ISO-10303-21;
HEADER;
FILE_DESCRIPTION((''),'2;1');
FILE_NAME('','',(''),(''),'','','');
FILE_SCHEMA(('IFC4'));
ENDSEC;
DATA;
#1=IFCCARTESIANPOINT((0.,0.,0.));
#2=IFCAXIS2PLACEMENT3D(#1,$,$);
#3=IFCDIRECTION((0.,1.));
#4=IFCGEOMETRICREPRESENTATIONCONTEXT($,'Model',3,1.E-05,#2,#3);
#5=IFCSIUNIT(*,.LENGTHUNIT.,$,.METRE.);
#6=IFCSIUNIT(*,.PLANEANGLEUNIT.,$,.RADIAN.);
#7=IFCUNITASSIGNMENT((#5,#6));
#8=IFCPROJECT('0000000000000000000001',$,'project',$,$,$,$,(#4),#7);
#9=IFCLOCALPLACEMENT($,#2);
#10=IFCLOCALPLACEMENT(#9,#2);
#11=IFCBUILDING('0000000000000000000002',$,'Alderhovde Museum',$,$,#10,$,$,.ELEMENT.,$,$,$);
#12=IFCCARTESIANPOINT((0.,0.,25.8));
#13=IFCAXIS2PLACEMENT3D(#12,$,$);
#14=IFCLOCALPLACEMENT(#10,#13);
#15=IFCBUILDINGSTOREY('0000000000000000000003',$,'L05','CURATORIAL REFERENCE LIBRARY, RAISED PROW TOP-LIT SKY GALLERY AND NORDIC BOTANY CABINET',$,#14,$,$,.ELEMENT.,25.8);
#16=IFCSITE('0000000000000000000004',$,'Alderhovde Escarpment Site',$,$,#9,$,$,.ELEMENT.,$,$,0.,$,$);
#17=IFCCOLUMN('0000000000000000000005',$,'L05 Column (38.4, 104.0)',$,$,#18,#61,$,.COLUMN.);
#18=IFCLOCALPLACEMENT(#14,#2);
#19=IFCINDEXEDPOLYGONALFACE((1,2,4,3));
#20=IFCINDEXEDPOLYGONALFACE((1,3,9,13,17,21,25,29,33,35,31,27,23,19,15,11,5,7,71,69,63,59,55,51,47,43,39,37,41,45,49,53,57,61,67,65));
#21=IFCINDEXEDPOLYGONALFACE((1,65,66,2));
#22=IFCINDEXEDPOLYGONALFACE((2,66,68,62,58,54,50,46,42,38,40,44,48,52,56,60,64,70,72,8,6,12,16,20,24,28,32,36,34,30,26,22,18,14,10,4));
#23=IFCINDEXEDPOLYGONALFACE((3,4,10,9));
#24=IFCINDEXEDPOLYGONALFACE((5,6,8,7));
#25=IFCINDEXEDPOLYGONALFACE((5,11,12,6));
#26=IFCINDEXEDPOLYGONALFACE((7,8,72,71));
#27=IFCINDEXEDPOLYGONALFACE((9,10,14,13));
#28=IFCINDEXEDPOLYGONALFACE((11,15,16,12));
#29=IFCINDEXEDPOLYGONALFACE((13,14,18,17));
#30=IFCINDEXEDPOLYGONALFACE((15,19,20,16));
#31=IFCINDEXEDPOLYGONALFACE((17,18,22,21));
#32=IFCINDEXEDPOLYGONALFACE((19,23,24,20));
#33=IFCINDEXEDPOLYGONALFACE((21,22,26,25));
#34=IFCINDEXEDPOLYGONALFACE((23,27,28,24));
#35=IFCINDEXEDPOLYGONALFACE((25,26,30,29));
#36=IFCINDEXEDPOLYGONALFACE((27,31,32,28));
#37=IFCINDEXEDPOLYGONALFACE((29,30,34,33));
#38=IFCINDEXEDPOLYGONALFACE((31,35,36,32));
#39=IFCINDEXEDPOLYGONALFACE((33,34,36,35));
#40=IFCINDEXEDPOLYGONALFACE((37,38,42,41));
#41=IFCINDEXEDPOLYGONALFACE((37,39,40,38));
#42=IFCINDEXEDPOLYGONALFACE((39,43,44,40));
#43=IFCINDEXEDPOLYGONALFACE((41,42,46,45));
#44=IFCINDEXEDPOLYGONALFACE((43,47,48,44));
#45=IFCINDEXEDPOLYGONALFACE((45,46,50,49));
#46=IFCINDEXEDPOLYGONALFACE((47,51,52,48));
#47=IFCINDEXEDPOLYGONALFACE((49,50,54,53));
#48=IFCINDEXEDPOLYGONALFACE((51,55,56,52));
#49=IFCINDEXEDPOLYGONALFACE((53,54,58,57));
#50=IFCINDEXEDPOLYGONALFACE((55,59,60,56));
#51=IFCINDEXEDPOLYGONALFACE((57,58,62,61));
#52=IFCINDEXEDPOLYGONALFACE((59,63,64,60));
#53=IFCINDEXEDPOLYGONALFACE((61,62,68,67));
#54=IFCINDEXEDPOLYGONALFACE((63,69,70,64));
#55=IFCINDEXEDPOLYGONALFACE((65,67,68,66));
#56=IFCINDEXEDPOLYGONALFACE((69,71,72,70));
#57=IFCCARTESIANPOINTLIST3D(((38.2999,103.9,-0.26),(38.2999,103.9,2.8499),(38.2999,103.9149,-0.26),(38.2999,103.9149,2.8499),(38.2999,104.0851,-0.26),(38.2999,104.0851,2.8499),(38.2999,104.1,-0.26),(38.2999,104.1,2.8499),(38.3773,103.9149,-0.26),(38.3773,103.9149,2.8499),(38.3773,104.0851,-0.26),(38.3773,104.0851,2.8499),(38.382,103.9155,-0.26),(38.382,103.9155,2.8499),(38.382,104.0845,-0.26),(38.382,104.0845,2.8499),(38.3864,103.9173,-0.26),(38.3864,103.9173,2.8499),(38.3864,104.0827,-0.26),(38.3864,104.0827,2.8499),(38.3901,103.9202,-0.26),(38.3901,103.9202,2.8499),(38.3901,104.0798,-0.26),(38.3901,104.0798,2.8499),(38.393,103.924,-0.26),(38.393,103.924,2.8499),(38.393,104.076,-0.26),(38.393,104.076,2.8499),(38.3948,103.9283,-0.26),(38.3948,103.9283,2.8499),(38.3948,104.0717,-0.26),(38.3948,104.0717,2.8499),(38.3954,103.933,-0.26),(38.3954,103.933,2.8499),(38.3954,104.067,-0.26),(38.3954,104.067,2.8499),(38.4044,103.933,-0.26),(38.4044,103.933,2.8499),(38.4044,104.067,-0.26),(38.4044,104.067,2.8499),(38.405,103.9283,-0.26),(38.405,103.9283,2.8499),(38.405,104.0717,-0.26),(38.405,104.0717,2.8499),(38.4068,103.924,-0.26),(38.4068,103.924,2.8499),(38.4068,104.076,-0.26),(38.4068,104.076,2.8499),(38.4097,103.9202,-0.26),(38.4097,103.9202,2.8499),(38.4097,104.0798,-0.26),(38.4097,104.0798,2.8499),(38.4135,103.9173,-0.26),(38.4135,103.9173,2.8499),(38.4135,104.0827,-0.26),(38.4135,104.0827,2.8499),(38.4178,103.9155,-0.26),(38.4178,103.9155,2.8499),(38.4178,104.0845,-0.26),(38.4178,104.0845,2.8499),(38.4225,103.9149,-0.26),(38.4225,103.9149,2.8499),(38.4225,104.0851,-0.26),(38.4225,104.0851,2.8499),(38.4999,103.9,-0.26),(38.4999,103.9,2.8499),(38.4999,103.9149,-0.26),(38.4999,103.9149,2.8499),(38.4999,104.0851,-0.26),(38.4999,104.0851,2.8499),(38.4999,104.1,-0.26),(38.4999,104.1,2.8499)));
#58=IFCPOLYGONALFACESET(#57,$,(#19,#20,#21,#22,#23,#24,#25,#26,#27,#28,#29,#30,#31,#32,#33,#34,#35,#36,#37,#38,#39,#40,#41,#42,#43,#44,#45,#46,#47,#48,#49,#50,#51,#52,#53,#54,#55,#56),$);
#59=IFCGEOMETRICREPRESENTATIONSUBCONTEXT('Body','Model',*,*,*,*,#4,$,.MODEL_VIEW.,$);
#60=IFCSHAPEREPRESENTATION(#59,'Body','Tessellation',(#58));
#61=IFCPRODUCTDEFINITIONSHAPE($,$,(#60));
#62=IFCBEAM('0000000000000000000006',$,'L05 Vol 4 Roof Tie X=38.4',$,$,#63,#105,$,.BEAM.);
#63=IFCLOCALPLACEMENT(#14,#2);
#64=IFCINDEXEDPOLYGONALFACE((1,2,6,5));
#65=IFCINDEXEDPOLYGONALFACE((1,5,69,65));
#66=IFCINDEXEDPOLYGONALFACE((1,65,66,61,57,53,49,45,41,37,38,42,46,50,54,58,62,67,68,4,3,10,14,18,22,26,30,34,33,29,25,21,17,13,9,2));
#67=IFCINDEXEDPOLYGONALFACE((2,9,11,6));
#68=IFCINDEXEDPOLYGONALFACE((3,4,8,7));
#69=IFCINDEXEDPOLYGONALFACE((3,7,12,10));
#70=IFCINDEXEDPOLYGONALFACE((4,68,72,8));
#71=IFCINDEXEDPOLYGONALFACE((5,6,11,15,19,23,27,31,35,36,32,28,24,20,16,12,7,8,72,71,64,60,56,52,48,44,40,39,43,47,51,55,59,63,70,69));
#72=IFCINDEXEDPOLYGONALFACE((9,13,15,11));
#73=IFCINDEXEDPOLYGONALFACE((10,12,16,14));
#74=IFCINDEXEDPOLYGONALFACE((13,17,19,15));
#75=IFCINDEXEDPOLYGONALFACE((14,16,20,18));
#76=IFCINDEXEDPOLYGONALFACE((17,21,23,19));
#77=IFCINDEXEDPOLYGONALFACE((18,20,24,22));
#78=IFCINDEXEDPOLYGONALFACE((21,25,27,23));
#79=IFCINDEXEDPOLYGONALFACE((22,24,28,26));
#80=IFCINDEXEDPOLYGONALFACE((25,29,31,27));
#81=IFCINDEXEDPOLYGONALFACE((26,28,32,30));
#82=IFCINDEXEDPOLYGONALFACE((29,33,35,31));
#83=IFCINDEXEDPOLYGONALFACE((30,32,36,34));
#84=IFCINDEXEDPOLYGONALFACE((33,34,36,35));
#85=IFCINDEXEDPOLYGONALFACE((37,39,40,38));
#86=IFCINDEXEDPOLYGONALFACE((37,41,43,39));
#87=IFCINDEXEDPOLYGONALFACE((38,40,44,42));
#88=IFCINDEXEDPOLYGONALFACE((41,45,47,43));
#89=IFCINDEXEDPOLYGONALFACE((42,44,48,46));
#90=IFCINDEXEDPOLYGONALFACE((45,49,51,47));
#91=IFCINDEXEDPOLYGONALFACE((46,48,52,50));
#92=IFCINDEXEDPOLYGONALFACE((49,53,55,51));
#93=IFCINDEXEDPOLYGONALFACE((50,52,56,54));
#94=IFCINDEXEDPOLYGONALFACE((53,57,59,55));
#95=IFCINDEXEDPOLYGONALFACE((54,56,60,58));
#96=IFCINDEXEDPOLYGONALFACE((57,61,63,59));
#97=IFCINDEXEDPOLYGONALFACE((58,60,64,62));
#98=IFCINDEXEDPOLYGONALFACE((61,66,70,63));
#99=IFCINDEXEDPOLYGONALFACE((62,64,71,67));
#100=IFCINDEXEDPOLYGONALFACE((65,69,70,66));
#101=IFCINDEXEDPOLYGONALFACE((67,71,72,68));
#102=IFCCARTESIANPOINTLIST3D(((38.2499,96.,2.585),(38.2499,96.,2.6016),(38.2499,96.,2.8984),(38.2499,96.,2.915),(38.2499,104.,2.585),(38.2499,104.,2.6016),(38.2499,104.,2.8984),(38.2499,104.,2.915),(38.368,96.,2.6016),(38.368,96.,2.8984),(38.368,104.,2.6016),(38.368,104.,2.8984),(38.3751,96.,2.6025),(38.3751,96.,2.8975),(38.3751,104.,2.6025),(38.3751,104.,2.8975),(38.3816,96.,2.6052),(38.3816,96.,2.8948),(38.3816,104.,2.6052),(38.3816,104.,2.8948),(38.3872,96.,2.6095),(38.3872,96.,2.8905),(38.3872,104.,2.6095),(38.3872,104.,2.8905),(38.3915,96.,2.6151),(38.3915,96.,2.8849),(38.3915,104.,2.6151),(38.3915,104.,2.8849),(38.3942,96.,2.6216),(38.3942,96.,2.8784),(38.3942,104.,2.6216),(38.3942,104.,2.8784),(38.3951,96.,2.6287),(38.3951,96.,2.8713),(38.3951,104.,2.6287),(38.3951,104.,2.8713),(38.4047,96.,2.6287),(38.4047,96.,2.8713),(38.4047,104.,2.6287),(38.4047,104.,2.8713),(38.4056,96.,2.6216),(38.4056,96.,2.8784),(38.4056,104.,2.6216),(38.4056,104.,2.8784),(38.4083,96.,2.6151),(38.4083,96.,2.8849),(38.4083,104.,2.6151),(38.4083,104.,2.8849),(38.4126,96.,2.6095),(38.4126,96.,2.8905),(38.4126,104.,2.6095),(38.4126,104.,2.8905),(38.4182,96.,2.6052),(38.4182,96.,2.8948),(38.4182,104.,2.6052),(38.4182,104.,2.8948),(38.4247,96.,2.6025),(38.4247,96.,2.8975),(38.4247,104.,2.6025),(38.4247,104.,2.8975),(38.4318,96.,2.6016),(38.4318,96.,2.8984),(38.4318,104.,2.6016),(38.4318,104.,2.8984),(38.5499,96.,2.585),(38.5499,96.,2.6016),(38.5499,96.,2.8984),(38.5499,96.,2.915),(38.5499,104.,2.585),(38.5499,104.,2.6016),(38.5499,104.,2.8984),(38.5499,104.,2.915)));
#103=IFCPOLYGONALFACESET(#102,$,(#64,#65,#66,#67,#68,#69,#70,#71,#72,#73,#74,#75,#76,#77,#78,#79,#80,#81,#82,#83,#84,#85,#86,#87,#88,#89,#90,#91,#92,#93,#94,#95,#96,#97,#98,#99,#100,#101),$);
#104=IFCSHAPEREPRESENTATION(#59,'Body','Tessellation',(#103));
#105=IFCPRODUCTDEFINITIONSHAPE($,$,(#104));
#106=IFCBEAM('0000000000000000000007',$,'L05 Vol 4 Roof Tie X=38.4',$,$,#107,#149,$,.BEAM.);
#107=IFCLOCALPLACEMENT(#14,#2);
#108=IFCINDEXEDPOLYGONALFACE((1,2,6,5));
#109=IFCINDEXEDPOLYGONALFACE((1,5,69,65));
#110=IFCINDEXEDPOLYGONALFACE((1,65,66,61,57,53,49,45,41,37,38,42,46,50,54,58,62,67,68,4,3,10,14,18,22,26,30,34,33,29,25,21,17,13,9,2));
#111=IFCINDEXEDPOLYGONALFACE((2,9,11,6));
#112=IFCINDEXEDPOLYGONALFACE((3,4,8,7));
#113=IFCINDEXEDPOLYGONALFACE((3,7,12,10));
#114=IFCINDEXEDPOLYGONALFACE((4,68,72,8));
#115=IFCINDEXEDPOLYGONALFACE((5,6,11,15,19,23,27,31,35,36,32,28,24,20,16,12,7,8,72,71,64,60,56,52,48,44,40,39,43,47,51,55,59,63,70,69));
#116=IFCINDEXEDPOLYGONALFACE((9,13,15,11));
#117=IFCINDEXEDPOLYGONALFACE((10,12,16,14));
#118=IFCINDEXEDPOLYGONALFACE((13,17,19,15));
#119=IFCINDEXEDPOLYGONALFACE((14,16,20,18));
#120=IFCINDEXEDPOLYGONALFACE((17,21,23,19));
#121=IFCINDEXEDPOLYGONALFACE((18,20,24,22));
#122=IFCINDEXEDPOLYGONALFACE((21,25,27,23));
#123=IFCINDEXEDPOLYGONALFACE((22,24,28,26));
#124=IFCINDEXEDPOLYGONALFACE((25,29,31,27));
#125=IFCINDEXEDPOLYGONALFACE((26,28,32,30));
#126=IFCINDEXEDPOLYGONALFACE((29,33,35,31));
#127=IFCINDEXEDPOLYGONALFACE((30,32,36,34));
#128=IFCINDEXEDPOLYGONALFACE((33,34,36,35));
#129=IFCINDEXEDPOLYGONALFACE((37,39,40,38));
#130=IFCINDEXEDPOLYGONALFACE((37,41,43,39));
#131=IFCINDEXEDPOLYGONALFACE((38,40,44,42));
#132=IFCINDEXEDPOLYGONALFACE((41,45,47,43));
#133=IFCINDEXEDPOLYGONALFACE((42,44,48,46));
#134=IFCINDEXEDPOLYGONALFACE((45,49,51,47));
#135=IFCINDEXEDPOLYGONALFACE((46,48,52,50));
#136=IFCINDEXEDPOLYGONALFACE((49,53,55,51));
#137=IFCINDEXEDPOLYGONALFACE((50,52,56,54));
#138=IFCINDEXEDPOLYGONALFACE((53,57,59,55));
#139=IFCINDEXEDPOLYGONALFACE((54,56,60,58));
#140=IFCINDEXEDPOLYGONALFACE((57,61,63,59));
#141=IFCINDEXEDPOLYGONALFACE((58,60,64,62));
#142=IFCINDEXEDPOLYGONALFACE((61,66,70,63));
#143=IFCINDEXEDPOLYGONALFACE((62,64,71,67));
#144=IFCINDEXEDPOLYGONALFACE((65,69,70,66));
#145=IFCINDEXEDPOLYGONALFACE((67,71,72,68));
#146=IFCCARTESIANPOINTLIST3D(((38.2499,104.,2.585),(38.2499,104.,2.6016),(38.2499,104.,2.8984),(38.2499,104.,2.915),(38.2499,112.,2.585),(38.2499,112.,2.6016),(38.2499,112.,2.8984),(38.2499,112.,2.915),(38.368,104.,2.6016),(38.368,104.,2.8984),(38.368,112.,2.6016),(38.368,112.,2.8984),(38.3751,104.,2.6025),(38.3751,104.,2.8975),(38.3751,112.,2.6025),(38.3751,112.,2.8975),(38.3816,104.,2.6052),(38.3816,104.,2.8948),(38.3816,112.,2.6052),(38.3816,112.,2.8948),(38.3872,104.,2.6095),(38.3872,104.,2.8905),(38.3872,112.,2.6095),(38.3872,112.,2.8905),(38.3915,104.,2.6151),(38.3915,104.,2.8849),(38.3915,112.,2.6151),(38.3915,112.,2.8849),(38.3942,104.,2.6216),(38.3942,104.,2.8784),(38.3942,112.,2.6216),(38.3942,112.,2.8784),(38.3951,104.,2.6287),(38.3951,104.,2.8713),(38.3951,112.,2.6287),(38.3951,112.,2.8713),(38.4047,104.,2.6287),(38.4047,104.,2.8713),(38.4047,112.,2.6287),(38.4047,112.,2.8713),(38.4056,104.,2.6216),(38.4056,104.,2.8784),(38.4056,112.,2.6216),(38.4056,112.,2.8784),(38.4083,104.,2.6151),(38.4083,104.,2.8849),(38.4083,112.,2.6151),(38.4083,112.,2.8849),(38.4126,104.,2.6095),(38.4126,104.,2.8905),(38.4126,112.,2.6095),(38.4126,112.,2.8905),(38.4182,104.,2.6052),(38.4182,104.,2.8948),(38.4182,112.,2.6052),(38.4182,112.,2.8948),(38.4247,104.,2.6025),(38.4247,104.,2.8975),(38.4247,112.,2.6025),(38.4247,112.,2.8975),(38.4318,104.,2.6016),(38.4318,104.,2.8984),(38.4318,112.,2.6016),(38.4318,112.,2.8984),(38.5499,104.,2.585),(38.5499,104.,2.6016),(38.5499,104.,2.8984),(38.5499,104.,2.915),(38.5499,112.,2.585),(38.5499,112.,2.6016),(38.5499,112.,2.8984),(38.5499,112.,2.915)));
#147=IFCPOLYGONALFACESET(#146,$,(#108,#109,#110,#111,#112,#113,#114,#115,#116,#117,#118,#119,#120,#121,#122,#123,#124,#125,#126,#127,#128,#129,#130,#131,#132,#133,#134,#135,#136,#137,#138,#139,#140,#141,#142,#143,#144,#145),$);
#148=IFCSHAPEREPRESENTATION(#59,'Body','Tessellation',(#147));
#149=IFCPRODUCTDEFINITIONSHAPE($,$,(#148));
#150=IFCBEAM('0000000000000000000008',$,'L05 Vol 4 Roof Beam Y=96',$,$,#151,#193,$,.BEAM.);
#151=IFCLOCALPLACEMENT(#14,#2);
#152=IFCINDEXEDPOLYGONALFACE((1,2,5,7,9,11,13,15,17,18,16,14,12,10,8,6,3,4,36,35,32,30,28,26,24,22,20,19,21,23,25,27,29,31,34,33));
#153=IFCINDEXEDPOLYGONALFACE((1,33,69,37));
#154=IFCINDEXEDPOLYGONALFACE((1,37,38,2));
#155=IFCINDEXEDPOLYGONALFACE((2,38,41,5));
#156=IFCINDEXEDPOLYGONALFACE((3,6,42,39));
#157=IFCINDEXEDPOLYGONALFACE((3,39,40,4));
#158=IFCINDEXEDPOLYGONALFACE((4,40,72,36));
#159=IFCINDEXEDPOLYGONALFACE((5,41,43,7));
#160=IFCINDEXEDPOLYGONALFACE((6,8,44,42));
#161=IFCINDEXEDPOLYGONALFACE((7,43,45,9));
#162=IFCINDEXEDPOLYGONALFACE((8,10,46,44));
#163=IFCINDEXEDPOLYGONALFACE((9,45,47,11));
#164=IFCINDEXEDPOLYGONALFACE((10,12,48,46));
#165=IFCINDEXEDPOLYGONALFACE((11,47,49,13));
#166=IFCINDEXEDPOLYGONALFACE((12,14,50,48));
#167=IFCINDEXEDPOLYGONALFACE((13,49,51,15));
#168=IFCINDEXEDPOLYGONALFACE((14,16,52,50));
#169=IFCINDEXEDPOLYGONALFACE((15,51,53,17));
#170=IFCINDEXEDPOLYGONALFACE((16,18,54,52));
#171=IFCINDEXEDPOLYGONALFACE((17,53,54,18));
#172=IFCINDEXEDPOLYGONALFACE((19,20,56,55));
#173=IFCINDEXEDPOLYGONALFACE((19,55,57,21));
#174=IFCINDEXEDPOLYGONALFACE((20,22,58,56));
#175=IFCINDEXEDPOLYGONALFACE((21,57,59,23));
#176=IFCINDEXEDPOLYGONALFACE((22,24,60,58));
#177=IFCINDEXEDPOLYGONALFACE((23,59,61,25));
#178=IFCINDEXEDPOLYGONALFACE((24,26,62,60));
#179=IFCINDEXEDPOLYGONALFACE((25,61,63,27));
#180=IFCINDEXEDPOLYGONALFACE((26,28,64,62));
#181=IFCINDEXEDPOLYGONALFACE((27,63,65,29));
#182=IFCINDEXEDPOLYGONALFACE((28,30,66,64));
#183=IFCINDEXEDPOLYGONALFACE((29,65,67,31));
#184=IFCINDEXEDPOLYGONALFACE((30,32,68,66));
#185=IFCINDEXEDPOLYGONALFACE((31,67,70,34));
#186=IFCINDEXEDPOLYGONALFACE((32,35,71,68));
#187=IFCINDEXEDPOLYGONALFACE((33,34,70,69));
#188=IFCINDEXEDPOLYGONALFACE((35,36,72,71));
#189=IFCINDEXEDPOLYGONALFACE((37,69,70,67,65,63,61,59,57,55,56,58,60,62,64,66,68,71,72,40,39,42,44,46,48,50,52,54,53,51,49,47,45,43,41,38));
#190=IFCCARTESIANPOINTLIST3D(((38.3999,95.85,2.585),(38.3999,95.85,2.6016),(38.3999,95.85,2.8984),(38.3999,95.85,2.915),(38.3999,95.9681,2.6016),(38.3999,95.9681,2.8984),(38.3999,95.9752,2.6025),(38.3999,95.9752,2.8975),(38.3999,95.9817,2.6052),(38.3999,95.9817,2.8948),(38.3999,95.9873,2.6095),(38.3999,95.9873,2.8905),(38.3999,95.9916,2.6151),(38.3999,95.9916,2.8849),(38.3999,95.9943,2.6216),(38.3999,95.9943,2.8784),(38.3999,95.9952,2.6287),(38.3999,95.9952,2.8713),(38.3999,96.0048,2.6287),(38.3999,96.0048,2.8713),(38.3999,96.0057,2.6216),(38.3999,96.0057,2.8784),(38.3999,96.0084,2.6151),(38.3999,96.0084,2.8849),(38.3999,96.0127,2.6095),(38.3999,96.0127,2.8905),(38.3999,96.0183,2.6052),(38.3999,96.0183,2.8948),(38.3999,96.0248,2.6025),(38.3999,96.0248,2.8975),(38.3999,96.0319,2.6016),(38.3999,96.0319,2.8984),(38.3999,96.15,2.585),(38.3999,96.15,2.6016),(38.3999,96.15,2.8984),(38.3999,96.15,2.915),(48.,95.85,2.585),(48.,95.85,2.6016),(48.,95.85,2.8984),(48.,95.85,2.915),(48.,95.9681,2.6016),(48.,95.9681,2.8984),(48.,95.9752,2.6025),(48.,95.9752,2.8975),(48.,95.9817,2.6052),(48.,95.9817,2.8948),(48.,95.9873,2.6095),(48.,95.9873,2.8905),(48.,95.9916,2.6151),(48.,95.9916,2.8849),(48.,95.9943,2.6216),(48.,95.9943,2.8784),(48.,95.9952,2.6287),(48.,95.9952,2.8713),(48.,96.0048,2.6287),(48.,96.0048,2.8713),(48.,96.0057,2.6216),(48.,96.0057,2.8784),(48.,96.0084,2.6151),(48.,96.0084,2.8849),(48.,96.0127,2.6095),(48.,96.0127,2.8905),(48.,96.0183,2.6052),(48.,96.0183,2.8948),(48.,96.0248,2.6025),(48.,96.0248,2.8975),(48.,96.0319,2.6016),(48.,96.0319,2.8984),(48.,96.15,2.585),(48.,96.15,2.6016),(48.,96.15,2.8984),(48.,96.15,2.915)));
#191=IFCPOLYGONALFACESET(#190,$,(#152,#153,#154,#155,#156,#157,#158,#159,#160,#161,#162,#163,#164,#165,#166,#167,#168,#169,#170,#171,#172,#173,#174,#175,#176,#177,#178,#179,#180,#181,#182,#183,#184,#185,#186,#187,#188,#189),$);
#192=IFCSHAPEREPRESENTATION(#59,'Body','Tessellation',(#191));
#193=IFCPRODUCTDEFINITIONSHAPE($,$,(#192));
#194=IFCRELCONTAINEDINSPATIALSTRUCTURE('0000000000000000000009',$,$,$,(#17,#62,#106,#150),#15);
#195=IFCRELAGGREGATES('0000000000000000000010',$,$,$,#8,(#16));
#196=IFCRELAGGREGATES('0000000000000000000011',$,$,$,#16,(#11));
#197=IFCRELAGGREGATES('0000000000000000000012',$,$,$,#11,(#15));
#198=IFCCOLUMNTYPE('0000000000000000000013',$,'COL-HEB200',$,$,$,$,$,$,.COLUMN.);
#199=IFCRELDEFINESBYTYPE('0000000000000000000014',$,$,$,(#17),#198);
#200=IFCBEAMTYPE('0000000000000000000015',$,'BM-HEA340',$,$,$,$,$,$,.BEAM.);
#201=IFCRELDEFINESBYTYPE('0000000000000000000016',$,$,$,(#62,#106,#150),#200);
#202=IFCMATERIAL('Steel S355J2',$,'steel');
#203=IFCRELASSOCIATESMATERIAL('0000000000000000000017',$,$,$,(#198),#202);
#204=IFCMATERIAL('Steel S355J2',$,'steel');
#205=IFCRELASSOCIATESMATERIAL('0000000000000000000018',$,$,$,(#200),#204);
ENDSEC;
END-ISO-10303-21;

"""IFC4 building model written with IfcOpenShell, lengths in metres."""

from ifc_helpers import new_model, si_unit, direction, frame, origin, origin_2d, place, context, subcontext, project, spatial, i_section, extrude, material, material_profile, profile_set, type_object, element, save


model = new_model("IFC4")

# Units and contexts
model_context = context("Model", 3, precision=1e-05, world=origin(), true_north=direction((0.0, 1.0)))
body_context = subcontext(model_context, "Body", "Model", "MODEL_VIEW")
ifc_project = project(units=[si_unit("LENGTHUNIT", "METRE"), si_unit("PLANEANGLEUNIT", "RADIAN")], contexts=[model_context])

# Site, building, storey
site_placement = place(None, origin())
site = spatial("IfcSite", under=ifc_project, at=site_placement, Name="Alderhovde Escarpment Site", CompositionType="ELEMENT", RefElevation=0.0)
building_placement = place(site_placement, origin())
building = spatial("IfcBuilding", under=site, at=building_placement, Name="Alderhovde Museum", CompositionType="ELEMENT")
storey_placement = place(building_placement, frame((0.0, 0.0, 25.8)))
storey = spatial("IfcBuildingStorey", under=building, at=storey_placement, Name="L05", Description="CURATORIAL REFERENCE LIBRARY, RAISED PROW TOP-LIT SKY GALLERY AND NORDIC BOTANY CABINET", CompositionType="ELEMENT", Elevation=25.8)

# Column
ifc_material_1 = material(Name="Steel S355J2", Category="steel")
ifc_material_profile_1 = material_profile(ifc_material_1, i_section(OverallWidth=0.2, OverallDepth=0.2, WebThickness=0.009, FlangeThickness=0.0149, FilletRadius=0.0181, at=origin_2d()), Name="HEB 200")
ifc_profile_set_1 = profile_set([ifc_material_profile_1], Name="Steel S355J2")
column_type_1 = type_object("IfcColumnType", Name="COL-HEB200", PredefinedType="COLUMN", material=ifc_profile_set_1)
for number, where, z_axis, x_axis, name in (
    (1, (38.3999, 104.0, -0.26), (0.0, 0.0, 1.0), (1.0, 0.0, 0.0), "L05 Column (38.4, 104.0)"),
):
    element("IfcColumn", number, at=place(storey_placement, frame(where, z_axis=z_axis, x_axis=x_axis)), inside=storey, type_object=column_type_1, Name=name, PredefinedType="COLUMN", context=body_context, shape_type="SweptSolid", body=[
        extrude(i_section(OverallWidth=0.2, OverallDepth=0.2, WebThickness=0.009, FlangeThickness=0.0149, FilletRadius=0.0181, at=origin_2d()), origin(), (0.0, 0.0, 1.0), 3.1099),
    ])

# Beams
ifc_material_2 = material(Name="Steel S355J2", Category="steel")
ifc_material_profile_2 = material_profile(ifc_material_2, i_section(OverallWidth=0.3, OverallDepth=0.3301, WebThickness=0.0095, FlangeThickness=0.0166, FilletRadius=0.0271, at=origin_2d()), Name="HEA 340")
ifc_profile_set_2 = profile_set([ifc_material_profile_2], Name="Steel S355J2")
beam_type_1 = type_object("IfcBeamType", Name="BM-HEA340", PredefinedType="BEAM", material=ifc_profile_set_2)
for number, where, z_axis, x_axis, name in (
    (2, (38.3999, 96.0, 2.75), (0.0, 1.0, 0.0), (-1.0, 0.0, 0.0), "L05 Vol 4 Roof Tie X=38.4"),
    (3, (38.3999, 104.0, 2.75), (0.0, 1.0, 0.0), (-1.0, 0.0, 0.0), "L05 Vol 4 Roof Tie X=38.4"),
):
    element("IfcBeam", number, at=place(storey_placement, frame(where, z_axis=z_axis, x_axis=x_axis)), inside=storey, type_object=beam_type_1, Name=name, PredefinedType="BEAM", context=body_context, shape_type="SweptSolid", body=[
        extrude(i_section(OverallWidth=0.3, OverallDepth=0.3301, WebThickness=0.0095, FlangeThickness=0.0166, FilletRadius=0.0271, at=origin_2d()), origin(), (0.0, 0.0, 1.0), 8.0),
    ])
beam_1_placement = place(storey_placement, frame((38.3999, 96.0, 2.75), z_axis=(1.0, 0.0, 0.0), x_axis=(0.0, 1.0, 0.0)))
element("IfcBeam", 4, at=beam_1_placement, inside=storey, type_object=beam_type_1, Name="L05 Vol 4 Roof Beam Y=96", PredefinedType="BEAM", context=body_context, shape_type="SweptSolid", body=[
    extrude(i_section(OverallWidth=0.3, OverallDepth=0.3301, WebThickness=0.0095, FlangeThickness=0.0166, FilletRadius=0.0271, at=origin_2d()), origin(), (0.0, 0.0, 1.0), 9.6001),
])

save(model, "model.ifc")
